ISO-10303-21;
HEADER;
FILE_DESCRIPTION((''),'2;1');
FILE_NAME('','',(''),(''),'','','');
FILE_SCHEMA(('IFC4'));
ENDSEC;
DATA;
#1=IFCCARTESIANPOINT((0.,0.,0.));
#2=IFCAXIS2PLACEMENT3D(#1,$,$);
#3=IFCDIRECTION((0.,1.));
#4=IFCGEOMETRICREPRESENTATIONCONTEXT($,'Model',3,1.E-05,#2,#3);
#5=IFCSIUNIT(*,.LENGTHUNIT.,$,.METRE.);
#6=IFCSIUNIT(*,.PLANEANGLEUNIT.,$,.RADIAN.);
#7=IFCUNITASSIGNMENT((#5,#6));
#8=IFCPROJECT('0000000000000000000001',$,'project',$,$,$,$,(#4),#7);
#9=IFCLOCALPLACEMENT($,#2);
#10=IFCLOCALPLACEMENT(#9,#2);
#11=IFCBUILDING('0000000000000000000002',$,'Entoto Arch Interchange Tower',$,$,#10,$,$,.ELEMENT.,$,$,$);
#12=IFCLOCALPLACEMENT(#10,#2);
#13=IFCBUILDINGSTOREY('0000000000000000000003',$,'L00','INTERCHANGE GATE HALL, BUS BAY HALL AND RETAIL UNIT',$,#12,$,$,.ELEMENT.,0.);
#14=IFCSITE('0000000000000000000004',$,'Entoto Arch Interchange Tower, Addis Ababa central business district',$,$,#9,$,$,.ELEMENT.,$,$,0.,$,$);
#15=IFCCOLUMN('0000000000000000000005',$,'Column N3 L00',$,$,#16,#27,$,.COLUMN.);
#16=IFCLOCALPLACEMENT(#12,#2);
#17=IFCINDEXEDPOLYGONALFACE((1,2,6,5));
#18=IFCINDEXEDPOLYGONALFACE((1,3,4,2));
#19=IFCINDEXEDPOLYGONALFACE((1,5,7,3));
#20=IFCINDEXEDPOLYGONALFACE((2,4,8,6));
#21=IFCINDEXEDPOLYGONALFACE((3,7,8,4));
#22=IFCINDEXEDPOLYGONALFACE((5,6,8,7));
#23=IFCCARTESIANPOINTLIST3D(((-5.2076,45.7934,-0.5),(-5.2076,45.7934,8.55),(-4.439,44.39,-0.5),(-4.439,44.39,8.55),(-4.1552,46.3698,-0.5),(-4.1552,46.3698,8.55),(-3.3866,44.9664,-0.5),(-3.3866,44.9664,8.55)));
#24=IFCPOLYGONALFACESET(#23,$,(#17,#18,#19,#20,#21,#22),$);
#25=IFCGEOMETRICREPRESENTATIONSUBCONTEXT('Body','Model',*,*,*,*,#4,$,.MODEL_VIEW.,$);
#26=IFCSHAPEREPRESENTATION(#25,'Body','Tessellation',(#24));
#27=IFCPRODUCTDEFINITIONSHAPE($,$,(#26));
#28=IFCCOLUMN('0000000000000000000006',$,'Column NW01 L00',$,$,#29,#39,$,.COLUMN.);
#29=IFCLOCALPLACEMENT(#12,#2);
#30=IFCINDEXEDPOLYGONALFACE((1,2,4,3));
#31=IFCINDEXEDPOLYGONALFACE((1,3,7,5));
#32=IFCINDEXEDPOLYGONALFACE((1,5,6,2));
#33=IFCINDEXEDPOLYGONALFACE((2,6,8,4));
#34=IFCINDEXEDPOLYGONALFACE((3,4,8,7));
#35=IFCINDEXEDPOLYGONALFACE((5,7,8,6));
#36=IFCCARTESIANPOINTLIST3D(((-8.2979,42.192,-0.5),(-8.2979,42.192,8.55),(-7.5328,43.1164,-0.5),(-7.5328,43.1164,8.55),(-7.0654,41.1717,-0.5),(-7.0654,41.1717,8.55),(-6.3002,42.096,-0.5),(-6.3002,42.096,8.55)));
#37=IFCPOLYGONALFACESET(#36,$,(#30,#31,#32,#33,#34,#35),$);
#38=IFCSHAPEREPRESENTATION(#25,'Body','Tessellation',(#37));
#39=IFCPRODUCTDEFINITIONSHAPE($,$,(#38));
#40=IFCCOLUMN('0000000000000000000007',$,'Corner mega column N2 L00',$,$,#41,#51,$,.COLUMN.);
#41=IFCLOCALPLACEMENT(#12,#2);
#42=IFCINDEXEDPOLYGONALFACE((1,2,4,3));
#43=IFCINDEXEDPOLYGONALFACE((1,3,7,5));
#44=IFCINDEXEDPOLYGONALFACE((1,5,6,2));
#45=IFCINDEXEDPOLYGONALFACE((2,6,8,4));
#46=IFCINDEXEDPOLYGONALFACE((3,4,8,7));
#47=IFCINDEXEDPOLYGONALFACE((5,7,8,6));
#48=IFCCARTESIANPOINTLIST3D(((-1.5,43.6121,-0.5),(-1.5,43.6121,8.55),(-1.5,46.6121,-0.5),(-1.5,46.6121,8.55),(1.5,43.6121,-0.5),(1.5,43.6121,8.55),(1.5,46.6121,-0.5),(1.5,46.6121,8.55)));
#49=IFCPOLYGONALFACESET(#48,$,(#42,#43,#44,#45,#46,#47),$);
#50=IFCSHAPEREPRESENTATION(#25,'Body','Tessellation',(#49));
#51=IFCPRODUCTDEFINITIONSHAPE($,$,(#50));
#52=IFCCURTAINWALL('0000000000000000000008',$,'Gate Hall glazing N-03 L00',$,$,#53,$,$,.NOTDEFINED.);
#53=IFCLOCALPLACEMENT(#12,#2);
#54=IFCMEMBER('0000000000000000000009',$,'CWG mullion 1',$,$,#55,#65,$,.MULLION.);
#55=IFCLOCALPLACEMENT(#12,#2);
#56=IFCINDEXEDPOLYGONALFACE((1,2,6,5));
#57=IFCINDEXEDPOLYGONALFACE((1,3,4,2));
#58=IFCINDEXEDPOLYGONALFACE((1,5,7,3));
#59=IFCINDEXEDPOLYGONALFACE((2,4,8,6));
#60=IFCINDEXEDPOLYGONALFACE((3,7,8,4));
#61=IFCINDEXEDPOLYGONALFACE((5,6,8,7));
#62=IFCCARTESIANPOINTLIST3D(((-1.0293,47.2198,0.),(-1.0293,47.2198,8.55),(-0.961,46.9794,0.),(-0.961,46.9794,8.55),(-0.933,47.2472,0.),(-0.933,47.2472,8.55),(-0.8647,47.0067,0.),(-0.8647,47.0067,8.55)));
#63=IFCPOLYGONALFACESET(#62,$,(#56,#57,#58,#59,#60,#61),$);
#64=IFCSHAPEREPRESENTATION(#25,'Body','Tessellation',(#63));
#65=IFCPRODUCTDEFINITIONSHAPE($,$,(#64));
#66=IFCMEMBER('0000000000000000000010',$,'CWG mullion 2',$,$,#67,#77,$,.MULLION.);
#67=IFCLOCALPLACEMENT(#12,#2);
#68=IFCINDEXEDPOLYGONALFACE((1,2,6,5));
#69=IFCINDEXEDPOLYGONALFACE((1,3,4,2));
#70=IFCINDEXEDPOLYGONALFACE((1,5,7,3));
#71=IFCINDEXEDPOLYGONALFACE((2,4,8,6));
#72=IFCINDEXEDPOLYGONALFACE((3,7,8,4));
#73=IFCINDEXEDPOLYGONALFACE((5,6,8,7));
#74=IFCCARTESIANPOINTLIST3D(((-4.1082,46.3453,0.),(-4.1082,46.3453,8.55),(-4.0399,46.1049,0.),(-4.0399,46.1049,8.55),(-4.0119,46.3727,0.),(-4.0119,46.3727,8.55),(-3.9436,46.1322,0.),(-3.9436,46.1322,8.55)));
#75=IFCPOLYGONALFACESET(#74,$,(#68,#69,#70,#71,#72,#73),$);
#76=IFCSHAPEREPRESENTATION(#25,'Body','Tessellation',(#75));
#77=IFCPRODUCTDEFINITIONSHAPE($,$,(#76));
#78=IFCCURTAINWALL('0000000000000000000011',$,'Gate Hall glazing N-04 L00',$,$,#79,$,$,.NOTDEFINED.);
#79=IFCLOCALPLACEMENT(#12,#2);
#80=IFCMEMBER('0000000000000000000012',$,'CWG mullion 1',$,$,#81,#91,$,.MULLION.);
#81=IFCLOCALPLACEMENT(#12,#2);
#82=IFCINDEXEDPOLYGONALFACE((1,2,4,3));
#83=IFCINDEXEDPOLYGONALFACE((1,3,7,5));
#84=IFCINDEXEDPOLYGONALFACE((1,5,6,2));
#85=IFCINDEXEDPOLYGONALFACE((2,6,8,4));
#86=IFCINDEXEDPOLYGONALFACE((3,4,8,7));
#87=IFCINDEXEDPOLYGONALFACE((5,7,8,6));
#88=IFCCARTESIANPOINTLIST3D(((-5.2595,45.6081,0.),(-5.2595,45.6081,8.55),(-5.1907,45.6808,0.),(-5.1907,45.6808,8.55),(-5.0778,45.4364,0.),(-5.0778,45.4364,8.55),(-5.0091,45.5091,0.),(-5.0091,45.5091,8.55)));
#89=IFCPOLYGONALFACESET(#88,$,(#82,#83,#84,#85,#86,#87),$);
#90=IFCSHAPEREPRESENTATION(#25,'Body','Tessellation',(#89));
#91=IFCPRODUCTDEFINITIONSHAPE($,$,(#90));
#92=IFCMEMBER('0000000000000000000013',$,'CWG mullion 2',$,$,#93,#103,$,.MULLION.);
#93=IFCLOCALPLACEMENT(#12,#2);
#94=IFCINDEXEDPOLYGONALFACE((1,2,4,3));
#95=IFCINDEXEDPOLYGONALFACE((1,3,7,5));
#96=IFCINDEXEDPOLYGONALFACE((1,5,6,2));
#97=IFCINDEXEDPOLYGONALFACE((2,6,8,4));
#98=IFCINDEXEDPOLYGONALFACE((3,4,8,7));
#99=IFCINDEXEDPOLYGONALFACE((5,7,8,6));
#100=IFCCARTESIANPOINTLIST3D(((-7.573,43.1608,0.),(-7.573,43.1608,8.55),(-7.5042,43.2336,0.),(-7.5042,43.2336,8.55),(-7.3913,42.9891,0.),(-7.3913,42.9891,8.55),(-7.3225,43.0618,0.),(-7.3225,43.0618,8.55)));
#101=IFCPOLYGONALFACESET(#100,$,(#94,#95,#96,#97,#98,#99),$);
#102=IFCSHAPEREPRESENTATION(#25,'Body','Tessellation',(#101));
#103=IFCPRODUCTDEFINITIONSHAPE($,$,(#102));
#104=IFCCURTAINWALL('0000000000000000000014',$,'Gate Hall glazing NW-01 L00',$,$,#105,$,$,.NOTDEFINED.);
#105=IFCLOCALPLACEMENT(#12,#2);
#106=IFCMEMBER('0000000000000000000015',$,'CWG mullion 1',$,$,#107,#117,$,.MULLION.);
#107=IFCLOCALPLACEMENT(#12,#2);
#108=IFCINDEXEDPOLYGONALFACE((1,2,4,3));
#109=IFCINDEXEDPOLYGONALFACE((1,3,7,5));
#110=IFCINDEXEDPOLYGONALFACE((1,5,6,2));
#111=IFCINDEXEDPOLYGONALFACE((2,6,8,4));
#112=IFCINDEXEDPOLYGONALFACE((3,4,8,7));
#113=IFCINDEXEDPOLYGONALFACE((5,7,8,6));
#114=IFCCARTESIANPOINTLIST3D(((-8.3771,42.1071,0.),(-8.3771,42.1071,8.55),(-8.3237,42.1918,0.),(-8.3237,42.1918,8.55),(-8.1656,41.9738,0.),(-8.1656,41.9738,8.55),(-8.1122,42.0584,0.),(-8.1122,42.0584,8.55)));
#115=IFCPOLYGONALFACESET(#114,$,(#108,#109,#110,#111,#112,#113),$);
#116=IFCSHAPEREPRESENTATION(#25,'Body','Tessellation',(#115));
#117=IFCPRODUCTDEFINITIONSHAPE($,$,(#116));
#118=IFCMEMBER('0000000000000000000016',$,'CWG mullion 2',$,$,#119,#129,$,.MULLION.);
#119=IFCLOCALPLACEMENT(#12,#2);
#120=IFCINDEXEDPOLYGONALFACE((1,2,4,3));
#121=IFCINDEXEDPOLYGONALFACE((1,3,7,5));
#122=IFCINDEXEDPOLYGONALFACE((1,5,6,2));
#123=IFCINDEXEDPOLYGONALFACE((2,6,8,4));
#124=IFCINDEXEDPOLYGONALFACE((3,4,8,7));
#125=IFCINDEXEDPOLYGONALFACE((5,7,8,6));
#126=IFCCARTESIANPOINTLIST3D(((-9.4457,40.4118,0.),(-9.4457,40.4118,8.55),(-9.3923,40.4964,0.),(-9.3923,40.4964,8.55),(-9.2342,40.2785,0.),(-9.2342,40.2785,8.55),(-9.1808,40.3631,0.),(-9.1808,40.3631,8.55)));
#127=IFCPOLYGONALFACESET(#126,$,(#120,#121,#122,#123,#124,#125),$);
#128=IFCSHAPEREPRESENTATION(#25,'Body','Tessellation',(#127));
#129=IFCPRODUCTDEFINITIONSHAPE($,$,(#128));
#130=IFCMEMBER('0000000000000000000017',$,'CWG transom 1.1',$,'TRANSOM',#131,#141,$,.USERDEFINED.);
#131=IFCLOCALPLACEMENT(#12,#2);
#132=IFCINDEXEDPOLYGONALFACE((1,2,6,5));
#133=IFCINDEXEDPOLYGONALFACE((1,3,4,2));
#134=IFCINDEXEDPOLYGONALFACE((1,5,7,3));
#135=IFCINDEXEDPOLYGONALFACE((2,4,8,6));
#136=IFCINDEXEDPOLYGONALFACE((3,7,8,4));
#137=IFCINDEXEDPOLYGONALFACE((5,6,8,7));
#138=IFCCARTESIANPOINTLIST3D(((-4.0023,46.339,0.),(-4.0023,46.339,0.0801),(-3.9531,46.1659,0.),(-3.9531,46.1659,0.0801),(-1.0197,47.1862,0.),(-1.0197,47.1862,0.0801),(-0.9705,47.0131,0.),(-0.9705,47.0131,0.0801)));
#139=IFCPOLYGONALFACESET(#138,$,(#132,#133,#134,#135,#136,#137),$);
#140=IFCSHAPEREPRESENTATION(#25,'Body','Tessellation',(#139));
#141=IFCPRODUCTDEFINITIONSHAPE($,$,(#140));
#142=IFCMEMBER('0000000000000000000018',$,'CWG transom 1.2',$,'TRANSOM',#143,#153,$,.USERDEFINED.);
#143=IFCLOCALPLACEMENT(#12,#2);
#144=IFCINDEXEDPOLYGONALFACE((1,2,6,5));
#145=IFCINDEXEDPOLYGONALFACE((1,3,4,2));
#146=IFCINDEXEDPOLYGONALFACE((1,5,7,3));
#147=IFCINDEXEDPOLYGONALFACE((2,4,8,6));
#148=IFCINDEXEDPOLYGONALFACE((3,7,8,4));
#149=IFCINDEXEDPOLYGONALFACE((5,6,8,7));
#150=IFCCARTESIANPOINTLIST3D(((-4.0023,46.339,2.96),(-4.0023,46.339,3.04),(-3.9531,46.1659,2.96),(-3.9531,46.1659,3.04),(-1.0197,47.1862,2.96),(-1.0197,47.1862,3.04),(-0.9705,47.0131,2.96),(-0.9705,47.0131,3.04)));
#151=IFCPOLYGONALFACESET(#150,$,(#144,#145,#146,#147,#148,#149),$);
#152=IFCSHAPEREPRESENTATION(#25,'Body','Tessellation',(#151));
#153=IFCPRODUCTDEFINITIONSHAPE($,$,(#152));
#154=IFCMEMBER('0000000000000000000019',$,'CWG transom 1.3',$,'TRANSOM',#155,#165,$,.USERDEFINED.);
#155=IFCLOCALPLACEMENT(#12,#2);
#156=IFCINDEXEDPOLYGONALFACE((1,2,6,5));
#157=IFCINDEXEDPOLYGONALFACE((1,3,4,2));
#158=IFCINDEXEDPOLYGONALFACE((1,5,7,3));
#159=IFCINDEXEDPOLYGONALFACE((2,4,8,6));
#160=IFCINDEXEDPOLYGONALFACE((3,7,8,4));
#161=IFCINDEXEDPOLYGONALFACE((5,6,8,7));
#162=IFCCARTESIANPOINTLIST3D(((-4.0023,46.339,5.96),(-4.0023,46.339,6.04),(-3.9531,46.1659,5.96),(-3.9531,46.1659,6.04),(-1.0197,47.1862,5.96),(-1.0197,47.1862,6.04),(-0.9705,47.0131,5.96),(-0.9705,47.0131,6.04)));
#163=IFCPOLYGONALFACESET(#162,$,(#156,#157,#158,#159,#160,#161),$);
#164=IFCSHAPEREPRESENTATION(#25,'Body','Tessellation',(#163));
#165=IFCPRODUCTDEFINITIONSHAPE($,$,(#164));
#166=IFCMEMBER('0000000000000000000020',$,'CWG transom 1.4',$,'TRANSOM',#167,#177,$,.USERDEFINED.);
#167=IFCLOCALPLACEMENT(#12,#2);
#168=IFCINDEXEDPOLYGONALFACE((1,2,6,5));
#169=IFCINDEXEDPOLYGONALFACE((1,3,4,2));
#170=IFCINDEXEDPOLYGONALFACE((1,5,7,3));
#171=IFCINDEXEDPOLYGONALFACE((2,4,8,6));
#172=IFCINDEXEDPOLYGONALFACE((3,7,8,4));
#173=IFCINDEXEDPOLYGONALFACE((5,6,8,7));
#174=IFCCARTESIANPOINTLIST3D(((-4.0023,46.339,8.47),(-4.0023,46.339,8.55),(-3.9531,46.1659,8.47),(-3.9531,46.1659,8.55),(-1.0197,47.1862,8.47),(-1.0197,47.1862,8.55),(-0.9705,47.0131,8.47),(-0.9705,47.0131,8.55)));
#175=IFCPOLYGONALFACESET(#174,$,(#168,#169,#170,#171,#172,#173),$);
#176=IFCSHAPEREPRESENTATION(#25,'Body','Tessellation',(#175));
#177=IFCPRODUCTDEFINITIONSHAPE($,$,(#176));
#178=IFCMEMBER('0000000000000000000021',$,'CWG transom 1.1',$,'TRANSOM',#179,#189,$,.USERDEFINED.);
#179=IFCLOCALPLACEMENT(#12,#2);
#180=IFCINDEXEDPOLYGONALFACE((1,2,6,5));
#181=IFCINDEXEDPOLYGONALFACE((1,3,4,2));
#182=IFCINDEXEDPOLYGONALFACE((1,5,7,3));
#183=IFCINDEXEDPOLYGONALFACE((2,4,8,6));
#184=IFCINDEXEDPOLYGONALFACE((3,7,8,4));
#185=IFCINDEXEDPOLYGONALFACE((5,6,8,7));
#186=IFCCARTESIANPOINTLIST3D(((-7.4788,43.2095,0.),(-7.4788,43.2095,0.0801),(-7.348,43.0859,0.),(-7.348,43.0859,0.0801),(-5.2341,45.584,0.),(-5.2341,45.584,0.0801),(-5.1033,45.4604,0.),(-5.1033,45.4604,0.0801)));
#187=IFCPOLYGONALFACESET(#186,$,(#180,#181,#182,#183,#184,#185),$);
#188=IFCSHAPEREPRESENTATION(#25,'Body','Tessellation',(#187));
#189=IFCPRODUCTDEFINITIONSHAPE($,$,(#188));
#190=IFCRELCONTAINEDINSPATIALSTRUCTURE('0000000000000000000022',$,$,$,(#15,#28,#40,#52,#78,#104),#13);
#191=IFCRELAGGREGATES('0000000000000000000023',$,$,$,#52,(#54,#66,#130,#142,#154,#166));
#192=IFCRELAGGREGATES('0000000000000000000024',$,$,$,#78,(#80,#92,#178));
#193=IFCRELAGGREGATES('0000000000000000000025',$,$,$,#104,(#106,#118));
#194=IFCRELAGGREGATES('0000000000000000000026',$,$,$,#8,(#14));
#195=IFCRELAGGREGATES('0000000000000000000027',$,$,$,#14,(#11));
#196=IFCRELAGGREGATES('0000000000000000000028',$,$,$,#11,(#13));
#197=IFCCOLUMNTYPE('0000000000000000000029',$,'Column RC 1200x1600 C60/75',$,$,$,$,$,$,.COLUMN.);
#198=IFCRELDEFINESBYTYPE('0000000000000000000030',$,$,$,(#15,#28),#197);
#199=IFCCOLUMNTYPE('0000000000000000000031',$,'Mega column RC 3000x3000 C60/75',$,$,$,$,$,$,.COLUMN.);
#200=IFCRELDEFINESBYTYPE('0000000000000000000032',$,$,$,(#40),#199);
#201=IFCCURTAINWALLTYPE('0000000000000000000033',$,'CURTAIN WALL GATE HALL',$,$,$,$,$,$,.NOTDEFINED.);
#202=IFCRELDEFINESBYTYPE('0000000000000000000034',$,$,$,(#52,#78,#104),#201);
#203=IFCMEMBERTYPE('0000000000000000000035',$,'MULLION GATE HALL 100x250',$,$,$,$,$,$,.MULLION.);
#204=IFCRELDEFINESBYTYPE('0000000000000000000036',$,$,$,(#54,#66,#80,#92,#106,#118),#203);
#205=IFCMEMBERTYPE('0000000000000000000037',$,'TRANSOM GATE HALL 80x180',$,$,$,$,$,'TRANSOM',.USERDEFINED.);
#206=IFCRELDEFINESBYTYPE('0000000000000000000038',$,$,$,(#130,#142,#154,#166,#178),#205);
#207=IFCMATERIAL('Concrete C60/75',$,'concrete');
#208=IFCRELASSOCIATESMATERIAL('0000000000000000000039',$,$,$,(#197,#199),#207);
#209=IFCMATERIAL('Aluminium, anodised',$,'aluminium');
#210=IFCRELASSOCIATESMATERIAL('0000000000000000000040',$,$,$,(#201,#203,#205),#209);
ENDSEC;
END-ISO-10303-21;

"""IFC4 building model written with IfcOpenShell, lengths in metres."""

from ifc_helpers import new_model, si_unit, direction, frame, origin, origin_2d, place, context, subcontext, project, spatial, rectangle, extrude, material, material_profile, profile_set, type_object, element, aggregate, save


model = new_model("IFC4")

# Units and contexts
model_context = context("Model", 3, precision=1e-05, world=origin(), true_north=direction((0.0, 1.0)))
body_context = subcontext(model_context, "Body", "Model", "MODEL_VIEW")
ifc_project = project(units=[si_unit("LENGTHUNIT", "METRE"), si_unit("PLANEANGLEUNIT", "RADIAN")], contexts=[model_context])

# Site, building, storey
site_placement = place(None, origin())
site = spatial("IfcSite", under=ifc_project, at=site_placement, Name="Entoto Arch Interchange Tower, Addis Ababa central business district", CompositionType="ELEMENT", RefElevation=0.0)
building_placement = place(site_placement, origin())
building = spatial("IfcBuilding", under=site, at=building_placement, Name="Entoto Arch Interchange Tower", CompositionType="ELEMENT")
storey_placement = place(building_placement, origin())
storey = spatial("IfcBuildingStorey", under=building, at=storey_placement, Name="L00", Description="INTERCHANGE GATE HALL, BUS BAY HALL AND RETAIL UNIT", CompositionType="ELEMENT", Elevation=0.0)

# Columns
ifc_material_1 = material(Name="Concrete C60/75", Category="concrete")
ifc_material_profile_1 = material_profile(ifc_material_1, rectangle(XDim=1.2, YDim=1.6001, at=origin_2d()))
ifc_profile_set_1 = profile_set([ifc_material_profile_1], Name="Concrete C60/75")
column_type_1 = type_object("IfcColumnType", Name="Column RC 1200x1600 C60/75", PredefinedType="COLUMN", material=ifc_profile_set_1)
for number, where, z_axis, x_axis, name in (
    (1, (-4.2971, 45.3799, -0.5), (0.0, 0.0, 1.0), (0.877079, 0.480346, 0.0), "Column N3 L00"),
    (2, (-7.2991, 42.144, -0.5), (0.0, 0.0, 1.0), (0.637666, 0.770313, 0.0), "Column NW01 L00"),
):
    element("IfcColumn", number, at=place(storey_placement, frame(where, z_axis=z_axis, x_axis=x_axis)), inside=storey, type_object=column_type_1, Name=name, PredefinedType="COLUMN", context=body_context, shape_type="SweptSolid", body=[
        extrude(rectangle(XDim=1.2, YDim=1.6001, at=origin_2d()), origin(), (0.0, 0.0, 1.0), 9.05),
    ])
ifc_material_profile_2 = material_profile(ifc_material_1, rectangle(XDim=3.0, YDim=3.0, at=origin_2d()))
ifc_profile_set_2 = profile_set([ifc_material_profile_2], Name="Concrete C60/75")
column_type_2 = type_object("IfcColumnType", Name="Mega column RC 3000x3000 C60/75", PredefinedType="COLUMN", material=ifc_profile_set_2)
column_placement = place(storey_placement, frame((0.0, 45.1121, -0.5), z_axis=(0.0, 0.0, 1.0), x_axis=(0.0, 1.0, 0.0)))
element("IfcColumn", 3, at=column_placement, inside=storey, type_object=column_type_2, Name="Corner mega column N2 L00", PredefinedType="COLUMN", context=body_context, shape_type="SweptSolid", body=[
    extrude(rectangle(XDim=3.0, YDim=3.0, at=origin_2d()), origin(), (0.0, 0.0, 1.0), 9.05),
])

# Curtain walls, members
ifc_material_2 = material(Name="Aluminium, anodised", Category="aluminium")
curtain_wall_type = type_object("IfcCurtainWallType", Name="CURTAIN WALL GATE HALL", PredefinedType="NOTDEFINED", material=ifc_material_2)
curtain_wall_1_placement = place(storey_placement, origin())
curtain_wall_1 = element("IfcCurtainWall", 4, at=curtain_wall_1_placement, inside=storey, type_object=curtain_wall_type, Name="Gate Hall glazing N-03 L00", PredefinedType="NOTDEFINED")
ifc_material_profile_3 = material_profile(ifc_material_2, rectangle(XDim=0.25, YDim=0.1001, at=origin_2d()))
ifc_profile_set_3 = profile_set([ifc_material_profile_3], Name="Aluminium, anodised")
member_type_1 = type_object("IfcMemberType", Name="MULLION GATE HALL 100x250", PredefinedType="MULLION", material=ifc_profile_set_3)
member_1_placement = place(storey_placement, frame((-0.947, 47.1133, 0.0), z_axis=(0.0, 0.0, 1.0), x_axis=(0.27328, -0.961934, 0.0)))
member_1 = element("IfcMember", 5, at=member_1_placement, type_object=member_type_1, Name="CWG mullion 1", PredefinedType="MULLION", context=body_context, shape_type="SweptSolid", body=[
    extrude(rectangle(XDim=0.25, YDim=0.1001, at=origin_2d()), origin(), (0.0, 0.0, 1.0), 8.55),
])
member_2_placement = place(storey_placement, frame((-4.0259, 46.2388, 0.0), z_axis=(0.0, 0.0, 1.0), x_axis=(0.27328, -0.961934, 0.0)))
member_2 = element("IfcMember", 6, at=member_2_placement, type_object=member_type_1, Name="CWG mullion 2", PredefinedType="MULLION", context=body_context, shape_type="SweptSolid", body=[
    extrude(rectangle(XDim=0.25, YDim=0.1001, at=origin_2d()), origin(), (0.0, 0.0, 1.0), 8.55),
])
curtain_wall_2_placement = place(storey_placement, origin())
curtain_wall_2 = element("IfcCurtainWall", 7, at=curtain_wall_2_placement, inside=storey, type_object=curtain_wall_type, Name="Gate Hall glazing N-04 L00", PredefinedType="NOTDEFINED")
member_3_placement = place(storey_placement, frame((-5.1343, 45.5586, 0.0), z_axis=(0.0, 0.0, 1.0), x_axis=(0.726725, -0.686928, 0.0)))
member_3 = element("IfcMember", 8, at=member_3_placement, type_object=member_type_1, Name="CWG mullion 1", PredefinedType="MULLION", context=body_context, shape_type="SweptSolid", body=[
    extrude(rectangle(XDim=0.25, YDim=0.1001, at=origin_2d()), origin(), (0.0, 0.0, 1.0), 8.55),
])
member_4_placement = place(storey_placement, frame((-7.4478, 43.1113, 0.0), z_axis=(0.0, 0.0, 1.0), x_axis=(0.726725, -0.686928, 0.0)))
member_4 = element("IfcMember", 9, at=member_4_placement, type_object=member_type_1, Name="CWG mullion 2", PredefinedType="MULLION", context=body_context, shape_type="SweptSolid", body=[
    extrude(rectangle(XDim=0.25, YDim=0.1001, at=origin_2d()), origin(), (0.0, 0.0, 1.0), 8.55),
])
curtain_wall_3_placement = place(storey_placement, origin())
curtain_wall_3 = element("IfcCurtainWall", 10, at=curtain_wall_3_placement, inside=storey, type_object=curtain_wall_type, Name="Gate Hall glazing NW-01 L00", PredefinedType="NOTDEFINED")
member_5_placement = place(storey_placement, frame((-8.2446, 42.0828, 0.0), z_axis=(0.0, 0.0, 1.0), x_axis=(0.845959, -0.533248, 0.0)))
member_5 = element("IfcMember", 11, at=member_5_placement, type_object=member_type_1, Name="CWG mullion 1", PredefinedType="MULLION", context=body_context, shape_type="SweptSolid", body=[
    extrude(rectangle(XDim=0.25, YDim=0.1001, at=origin_2d()), origin(), (0.0, 0.0, 1.0), 8.55),
])
member_6_placement = place(storey_placement, frame((-9.3132, 40.3875, 0.0), z_axis=(0.0, 0.0, 1.0), x_axis=(0.845959, -0.533248, 0.0)))
member_6 = element("IfcMember", 12, at=member_6_placement, type_object=member_type_1, Name="CWG mullion 2", PredefinedType="MULLION", context=body_context, shape_type="SweptSolid", body=[
    extrude(rectangle(XDim=0.25, YDim=0.1001, at=origin_2d()), origin(), (0.0, 0.0, 1.0), 8.55),
])

# Members
ifc_material_profile_4 = material_profile(ifc_material_2, rectangle(XDim=0.1799, YDim=0.0801, at=origin_2d()))
ifc_profile_set_4 = profile_set([ifc_material_profile_4], Name="Aluminium, anodised")
member_type_2 = type_object("IfcMemberType", Name="TRANSOM GATE HALL 80x180", ElementType="TRANSOM", PredefinedType="USERDEFINED", material=ifc_profile_set_4)
member_7_placement = place(storey_placement, frame((-0.9951, 47.0996, 0.04), z_axis=(-0.961951, -0.273223, 0.0), x_axis=(0.273223, -0.961951, 0.0)))
member_7 = element("IfcMember", 13, at=member_7_placement, type_object=member_type_2, Name="CWG transom 1.1", ObjectType="TRANSOM", PredefinedType="USERDEFINED", context=body_context, shape_type="SweptSolid", body=[
    extrude(rectangle(XDim=0.1799, YDim=0.0801, at=origin_2d()), origin(), (0.0, 0.0, 1.0), 3.1006),
])
member_8_placement = place(storey_placement, frame((-0.9951, 47.0996, 3.0), z_axis=(-0.961951, -0.273223, 0.0), x_axis=(0.273223, -0.961951, 0.0)))
member_8 = element("IfcMember", 14, at=member_8_placement, type_object=member_type_2, Name="CWG transom 1.2", ObjectType="TRANSOM", PredefinedType="USERDEFINED", context=body_context, shape_type="SweptSolid", body=[
    extrude(rectangle(XDim=0.1799, YDim=0.0801, at=origin_2d()), origin(), (0.0, 0.0, 1.0), 3.1006),
])
member_9_placement = place(storey_placement, frame((-0.9951, 47.0996, 6.0), z_axis=(-0.961951, -0.273223, 0.0), x_axis=(0.273223, -0.961951, 0.0)))
member_9 = element("IfcMember", 15, at=member_9_placement, type_object=member_type_2, Name="CWG transom 1.3", ObjectType="TRANSOM", PredefinedType="USERDEFINED", context=body_context, shape_type="SweptSolid", body=[
    extrude(rectangle(XDim=0.1799, YDim=0.0801, at=origin_2d()), origin(), (0.0, 0.0, 1.0), 3.1006),
])
member_10_placement = place(storey_placement, frame((-0.9951, 47.0996, 8.51), z_axis=(-0.961951, -0.273223, 0.0), x_axis=(0.273223, -0.961951, 0.0)))
member_10 = element("IfcMember", 16, at=member_10_placement, type_object=member_type_2, Name="CWG transom 1.4", ObjectType="TRANSOM", PredefinedType="USERDEFINED", context=body_context, shape_type="SweptSolid", body=[
    extrude(rectangle(XDim=0.1799, YDim=0.0801, at=origin_2d()), origin(), (0.0, 0.0, 1.0), 3.1006),
])
member_11_placement = place(storey_placement, frame((-5.1687, 45.5222, 0.04), z_axis=(-0.686953, -0.726702, 0.0), x_axis=(0.726702, -0.686953, 0.0)))
member_11 = element("IfcMember", 17, at=member_11_placement, type_object=member_type_2, Name="CWG transom 1.1", ObjectType="TRANSOM", PredefinedType="USERDEFINED", context=body_context, shape_type="SweptSolid", body=[
    extrude(rectangle(XDim=0.1799, YDim=0.0801, at=origin_2d()), origin(), (0.0, 0.0, 1.0), 3.2676),
])

aggregate(curtain_wall_1, [member_1, member_2, member_7, member_8, member_9, member_10])
aggregate(curtain_wall_2, [member_3, member_4, member_11])
aggregate(curtain_wall_3, [member_5, member_6])

save(model, "model.ifc")
